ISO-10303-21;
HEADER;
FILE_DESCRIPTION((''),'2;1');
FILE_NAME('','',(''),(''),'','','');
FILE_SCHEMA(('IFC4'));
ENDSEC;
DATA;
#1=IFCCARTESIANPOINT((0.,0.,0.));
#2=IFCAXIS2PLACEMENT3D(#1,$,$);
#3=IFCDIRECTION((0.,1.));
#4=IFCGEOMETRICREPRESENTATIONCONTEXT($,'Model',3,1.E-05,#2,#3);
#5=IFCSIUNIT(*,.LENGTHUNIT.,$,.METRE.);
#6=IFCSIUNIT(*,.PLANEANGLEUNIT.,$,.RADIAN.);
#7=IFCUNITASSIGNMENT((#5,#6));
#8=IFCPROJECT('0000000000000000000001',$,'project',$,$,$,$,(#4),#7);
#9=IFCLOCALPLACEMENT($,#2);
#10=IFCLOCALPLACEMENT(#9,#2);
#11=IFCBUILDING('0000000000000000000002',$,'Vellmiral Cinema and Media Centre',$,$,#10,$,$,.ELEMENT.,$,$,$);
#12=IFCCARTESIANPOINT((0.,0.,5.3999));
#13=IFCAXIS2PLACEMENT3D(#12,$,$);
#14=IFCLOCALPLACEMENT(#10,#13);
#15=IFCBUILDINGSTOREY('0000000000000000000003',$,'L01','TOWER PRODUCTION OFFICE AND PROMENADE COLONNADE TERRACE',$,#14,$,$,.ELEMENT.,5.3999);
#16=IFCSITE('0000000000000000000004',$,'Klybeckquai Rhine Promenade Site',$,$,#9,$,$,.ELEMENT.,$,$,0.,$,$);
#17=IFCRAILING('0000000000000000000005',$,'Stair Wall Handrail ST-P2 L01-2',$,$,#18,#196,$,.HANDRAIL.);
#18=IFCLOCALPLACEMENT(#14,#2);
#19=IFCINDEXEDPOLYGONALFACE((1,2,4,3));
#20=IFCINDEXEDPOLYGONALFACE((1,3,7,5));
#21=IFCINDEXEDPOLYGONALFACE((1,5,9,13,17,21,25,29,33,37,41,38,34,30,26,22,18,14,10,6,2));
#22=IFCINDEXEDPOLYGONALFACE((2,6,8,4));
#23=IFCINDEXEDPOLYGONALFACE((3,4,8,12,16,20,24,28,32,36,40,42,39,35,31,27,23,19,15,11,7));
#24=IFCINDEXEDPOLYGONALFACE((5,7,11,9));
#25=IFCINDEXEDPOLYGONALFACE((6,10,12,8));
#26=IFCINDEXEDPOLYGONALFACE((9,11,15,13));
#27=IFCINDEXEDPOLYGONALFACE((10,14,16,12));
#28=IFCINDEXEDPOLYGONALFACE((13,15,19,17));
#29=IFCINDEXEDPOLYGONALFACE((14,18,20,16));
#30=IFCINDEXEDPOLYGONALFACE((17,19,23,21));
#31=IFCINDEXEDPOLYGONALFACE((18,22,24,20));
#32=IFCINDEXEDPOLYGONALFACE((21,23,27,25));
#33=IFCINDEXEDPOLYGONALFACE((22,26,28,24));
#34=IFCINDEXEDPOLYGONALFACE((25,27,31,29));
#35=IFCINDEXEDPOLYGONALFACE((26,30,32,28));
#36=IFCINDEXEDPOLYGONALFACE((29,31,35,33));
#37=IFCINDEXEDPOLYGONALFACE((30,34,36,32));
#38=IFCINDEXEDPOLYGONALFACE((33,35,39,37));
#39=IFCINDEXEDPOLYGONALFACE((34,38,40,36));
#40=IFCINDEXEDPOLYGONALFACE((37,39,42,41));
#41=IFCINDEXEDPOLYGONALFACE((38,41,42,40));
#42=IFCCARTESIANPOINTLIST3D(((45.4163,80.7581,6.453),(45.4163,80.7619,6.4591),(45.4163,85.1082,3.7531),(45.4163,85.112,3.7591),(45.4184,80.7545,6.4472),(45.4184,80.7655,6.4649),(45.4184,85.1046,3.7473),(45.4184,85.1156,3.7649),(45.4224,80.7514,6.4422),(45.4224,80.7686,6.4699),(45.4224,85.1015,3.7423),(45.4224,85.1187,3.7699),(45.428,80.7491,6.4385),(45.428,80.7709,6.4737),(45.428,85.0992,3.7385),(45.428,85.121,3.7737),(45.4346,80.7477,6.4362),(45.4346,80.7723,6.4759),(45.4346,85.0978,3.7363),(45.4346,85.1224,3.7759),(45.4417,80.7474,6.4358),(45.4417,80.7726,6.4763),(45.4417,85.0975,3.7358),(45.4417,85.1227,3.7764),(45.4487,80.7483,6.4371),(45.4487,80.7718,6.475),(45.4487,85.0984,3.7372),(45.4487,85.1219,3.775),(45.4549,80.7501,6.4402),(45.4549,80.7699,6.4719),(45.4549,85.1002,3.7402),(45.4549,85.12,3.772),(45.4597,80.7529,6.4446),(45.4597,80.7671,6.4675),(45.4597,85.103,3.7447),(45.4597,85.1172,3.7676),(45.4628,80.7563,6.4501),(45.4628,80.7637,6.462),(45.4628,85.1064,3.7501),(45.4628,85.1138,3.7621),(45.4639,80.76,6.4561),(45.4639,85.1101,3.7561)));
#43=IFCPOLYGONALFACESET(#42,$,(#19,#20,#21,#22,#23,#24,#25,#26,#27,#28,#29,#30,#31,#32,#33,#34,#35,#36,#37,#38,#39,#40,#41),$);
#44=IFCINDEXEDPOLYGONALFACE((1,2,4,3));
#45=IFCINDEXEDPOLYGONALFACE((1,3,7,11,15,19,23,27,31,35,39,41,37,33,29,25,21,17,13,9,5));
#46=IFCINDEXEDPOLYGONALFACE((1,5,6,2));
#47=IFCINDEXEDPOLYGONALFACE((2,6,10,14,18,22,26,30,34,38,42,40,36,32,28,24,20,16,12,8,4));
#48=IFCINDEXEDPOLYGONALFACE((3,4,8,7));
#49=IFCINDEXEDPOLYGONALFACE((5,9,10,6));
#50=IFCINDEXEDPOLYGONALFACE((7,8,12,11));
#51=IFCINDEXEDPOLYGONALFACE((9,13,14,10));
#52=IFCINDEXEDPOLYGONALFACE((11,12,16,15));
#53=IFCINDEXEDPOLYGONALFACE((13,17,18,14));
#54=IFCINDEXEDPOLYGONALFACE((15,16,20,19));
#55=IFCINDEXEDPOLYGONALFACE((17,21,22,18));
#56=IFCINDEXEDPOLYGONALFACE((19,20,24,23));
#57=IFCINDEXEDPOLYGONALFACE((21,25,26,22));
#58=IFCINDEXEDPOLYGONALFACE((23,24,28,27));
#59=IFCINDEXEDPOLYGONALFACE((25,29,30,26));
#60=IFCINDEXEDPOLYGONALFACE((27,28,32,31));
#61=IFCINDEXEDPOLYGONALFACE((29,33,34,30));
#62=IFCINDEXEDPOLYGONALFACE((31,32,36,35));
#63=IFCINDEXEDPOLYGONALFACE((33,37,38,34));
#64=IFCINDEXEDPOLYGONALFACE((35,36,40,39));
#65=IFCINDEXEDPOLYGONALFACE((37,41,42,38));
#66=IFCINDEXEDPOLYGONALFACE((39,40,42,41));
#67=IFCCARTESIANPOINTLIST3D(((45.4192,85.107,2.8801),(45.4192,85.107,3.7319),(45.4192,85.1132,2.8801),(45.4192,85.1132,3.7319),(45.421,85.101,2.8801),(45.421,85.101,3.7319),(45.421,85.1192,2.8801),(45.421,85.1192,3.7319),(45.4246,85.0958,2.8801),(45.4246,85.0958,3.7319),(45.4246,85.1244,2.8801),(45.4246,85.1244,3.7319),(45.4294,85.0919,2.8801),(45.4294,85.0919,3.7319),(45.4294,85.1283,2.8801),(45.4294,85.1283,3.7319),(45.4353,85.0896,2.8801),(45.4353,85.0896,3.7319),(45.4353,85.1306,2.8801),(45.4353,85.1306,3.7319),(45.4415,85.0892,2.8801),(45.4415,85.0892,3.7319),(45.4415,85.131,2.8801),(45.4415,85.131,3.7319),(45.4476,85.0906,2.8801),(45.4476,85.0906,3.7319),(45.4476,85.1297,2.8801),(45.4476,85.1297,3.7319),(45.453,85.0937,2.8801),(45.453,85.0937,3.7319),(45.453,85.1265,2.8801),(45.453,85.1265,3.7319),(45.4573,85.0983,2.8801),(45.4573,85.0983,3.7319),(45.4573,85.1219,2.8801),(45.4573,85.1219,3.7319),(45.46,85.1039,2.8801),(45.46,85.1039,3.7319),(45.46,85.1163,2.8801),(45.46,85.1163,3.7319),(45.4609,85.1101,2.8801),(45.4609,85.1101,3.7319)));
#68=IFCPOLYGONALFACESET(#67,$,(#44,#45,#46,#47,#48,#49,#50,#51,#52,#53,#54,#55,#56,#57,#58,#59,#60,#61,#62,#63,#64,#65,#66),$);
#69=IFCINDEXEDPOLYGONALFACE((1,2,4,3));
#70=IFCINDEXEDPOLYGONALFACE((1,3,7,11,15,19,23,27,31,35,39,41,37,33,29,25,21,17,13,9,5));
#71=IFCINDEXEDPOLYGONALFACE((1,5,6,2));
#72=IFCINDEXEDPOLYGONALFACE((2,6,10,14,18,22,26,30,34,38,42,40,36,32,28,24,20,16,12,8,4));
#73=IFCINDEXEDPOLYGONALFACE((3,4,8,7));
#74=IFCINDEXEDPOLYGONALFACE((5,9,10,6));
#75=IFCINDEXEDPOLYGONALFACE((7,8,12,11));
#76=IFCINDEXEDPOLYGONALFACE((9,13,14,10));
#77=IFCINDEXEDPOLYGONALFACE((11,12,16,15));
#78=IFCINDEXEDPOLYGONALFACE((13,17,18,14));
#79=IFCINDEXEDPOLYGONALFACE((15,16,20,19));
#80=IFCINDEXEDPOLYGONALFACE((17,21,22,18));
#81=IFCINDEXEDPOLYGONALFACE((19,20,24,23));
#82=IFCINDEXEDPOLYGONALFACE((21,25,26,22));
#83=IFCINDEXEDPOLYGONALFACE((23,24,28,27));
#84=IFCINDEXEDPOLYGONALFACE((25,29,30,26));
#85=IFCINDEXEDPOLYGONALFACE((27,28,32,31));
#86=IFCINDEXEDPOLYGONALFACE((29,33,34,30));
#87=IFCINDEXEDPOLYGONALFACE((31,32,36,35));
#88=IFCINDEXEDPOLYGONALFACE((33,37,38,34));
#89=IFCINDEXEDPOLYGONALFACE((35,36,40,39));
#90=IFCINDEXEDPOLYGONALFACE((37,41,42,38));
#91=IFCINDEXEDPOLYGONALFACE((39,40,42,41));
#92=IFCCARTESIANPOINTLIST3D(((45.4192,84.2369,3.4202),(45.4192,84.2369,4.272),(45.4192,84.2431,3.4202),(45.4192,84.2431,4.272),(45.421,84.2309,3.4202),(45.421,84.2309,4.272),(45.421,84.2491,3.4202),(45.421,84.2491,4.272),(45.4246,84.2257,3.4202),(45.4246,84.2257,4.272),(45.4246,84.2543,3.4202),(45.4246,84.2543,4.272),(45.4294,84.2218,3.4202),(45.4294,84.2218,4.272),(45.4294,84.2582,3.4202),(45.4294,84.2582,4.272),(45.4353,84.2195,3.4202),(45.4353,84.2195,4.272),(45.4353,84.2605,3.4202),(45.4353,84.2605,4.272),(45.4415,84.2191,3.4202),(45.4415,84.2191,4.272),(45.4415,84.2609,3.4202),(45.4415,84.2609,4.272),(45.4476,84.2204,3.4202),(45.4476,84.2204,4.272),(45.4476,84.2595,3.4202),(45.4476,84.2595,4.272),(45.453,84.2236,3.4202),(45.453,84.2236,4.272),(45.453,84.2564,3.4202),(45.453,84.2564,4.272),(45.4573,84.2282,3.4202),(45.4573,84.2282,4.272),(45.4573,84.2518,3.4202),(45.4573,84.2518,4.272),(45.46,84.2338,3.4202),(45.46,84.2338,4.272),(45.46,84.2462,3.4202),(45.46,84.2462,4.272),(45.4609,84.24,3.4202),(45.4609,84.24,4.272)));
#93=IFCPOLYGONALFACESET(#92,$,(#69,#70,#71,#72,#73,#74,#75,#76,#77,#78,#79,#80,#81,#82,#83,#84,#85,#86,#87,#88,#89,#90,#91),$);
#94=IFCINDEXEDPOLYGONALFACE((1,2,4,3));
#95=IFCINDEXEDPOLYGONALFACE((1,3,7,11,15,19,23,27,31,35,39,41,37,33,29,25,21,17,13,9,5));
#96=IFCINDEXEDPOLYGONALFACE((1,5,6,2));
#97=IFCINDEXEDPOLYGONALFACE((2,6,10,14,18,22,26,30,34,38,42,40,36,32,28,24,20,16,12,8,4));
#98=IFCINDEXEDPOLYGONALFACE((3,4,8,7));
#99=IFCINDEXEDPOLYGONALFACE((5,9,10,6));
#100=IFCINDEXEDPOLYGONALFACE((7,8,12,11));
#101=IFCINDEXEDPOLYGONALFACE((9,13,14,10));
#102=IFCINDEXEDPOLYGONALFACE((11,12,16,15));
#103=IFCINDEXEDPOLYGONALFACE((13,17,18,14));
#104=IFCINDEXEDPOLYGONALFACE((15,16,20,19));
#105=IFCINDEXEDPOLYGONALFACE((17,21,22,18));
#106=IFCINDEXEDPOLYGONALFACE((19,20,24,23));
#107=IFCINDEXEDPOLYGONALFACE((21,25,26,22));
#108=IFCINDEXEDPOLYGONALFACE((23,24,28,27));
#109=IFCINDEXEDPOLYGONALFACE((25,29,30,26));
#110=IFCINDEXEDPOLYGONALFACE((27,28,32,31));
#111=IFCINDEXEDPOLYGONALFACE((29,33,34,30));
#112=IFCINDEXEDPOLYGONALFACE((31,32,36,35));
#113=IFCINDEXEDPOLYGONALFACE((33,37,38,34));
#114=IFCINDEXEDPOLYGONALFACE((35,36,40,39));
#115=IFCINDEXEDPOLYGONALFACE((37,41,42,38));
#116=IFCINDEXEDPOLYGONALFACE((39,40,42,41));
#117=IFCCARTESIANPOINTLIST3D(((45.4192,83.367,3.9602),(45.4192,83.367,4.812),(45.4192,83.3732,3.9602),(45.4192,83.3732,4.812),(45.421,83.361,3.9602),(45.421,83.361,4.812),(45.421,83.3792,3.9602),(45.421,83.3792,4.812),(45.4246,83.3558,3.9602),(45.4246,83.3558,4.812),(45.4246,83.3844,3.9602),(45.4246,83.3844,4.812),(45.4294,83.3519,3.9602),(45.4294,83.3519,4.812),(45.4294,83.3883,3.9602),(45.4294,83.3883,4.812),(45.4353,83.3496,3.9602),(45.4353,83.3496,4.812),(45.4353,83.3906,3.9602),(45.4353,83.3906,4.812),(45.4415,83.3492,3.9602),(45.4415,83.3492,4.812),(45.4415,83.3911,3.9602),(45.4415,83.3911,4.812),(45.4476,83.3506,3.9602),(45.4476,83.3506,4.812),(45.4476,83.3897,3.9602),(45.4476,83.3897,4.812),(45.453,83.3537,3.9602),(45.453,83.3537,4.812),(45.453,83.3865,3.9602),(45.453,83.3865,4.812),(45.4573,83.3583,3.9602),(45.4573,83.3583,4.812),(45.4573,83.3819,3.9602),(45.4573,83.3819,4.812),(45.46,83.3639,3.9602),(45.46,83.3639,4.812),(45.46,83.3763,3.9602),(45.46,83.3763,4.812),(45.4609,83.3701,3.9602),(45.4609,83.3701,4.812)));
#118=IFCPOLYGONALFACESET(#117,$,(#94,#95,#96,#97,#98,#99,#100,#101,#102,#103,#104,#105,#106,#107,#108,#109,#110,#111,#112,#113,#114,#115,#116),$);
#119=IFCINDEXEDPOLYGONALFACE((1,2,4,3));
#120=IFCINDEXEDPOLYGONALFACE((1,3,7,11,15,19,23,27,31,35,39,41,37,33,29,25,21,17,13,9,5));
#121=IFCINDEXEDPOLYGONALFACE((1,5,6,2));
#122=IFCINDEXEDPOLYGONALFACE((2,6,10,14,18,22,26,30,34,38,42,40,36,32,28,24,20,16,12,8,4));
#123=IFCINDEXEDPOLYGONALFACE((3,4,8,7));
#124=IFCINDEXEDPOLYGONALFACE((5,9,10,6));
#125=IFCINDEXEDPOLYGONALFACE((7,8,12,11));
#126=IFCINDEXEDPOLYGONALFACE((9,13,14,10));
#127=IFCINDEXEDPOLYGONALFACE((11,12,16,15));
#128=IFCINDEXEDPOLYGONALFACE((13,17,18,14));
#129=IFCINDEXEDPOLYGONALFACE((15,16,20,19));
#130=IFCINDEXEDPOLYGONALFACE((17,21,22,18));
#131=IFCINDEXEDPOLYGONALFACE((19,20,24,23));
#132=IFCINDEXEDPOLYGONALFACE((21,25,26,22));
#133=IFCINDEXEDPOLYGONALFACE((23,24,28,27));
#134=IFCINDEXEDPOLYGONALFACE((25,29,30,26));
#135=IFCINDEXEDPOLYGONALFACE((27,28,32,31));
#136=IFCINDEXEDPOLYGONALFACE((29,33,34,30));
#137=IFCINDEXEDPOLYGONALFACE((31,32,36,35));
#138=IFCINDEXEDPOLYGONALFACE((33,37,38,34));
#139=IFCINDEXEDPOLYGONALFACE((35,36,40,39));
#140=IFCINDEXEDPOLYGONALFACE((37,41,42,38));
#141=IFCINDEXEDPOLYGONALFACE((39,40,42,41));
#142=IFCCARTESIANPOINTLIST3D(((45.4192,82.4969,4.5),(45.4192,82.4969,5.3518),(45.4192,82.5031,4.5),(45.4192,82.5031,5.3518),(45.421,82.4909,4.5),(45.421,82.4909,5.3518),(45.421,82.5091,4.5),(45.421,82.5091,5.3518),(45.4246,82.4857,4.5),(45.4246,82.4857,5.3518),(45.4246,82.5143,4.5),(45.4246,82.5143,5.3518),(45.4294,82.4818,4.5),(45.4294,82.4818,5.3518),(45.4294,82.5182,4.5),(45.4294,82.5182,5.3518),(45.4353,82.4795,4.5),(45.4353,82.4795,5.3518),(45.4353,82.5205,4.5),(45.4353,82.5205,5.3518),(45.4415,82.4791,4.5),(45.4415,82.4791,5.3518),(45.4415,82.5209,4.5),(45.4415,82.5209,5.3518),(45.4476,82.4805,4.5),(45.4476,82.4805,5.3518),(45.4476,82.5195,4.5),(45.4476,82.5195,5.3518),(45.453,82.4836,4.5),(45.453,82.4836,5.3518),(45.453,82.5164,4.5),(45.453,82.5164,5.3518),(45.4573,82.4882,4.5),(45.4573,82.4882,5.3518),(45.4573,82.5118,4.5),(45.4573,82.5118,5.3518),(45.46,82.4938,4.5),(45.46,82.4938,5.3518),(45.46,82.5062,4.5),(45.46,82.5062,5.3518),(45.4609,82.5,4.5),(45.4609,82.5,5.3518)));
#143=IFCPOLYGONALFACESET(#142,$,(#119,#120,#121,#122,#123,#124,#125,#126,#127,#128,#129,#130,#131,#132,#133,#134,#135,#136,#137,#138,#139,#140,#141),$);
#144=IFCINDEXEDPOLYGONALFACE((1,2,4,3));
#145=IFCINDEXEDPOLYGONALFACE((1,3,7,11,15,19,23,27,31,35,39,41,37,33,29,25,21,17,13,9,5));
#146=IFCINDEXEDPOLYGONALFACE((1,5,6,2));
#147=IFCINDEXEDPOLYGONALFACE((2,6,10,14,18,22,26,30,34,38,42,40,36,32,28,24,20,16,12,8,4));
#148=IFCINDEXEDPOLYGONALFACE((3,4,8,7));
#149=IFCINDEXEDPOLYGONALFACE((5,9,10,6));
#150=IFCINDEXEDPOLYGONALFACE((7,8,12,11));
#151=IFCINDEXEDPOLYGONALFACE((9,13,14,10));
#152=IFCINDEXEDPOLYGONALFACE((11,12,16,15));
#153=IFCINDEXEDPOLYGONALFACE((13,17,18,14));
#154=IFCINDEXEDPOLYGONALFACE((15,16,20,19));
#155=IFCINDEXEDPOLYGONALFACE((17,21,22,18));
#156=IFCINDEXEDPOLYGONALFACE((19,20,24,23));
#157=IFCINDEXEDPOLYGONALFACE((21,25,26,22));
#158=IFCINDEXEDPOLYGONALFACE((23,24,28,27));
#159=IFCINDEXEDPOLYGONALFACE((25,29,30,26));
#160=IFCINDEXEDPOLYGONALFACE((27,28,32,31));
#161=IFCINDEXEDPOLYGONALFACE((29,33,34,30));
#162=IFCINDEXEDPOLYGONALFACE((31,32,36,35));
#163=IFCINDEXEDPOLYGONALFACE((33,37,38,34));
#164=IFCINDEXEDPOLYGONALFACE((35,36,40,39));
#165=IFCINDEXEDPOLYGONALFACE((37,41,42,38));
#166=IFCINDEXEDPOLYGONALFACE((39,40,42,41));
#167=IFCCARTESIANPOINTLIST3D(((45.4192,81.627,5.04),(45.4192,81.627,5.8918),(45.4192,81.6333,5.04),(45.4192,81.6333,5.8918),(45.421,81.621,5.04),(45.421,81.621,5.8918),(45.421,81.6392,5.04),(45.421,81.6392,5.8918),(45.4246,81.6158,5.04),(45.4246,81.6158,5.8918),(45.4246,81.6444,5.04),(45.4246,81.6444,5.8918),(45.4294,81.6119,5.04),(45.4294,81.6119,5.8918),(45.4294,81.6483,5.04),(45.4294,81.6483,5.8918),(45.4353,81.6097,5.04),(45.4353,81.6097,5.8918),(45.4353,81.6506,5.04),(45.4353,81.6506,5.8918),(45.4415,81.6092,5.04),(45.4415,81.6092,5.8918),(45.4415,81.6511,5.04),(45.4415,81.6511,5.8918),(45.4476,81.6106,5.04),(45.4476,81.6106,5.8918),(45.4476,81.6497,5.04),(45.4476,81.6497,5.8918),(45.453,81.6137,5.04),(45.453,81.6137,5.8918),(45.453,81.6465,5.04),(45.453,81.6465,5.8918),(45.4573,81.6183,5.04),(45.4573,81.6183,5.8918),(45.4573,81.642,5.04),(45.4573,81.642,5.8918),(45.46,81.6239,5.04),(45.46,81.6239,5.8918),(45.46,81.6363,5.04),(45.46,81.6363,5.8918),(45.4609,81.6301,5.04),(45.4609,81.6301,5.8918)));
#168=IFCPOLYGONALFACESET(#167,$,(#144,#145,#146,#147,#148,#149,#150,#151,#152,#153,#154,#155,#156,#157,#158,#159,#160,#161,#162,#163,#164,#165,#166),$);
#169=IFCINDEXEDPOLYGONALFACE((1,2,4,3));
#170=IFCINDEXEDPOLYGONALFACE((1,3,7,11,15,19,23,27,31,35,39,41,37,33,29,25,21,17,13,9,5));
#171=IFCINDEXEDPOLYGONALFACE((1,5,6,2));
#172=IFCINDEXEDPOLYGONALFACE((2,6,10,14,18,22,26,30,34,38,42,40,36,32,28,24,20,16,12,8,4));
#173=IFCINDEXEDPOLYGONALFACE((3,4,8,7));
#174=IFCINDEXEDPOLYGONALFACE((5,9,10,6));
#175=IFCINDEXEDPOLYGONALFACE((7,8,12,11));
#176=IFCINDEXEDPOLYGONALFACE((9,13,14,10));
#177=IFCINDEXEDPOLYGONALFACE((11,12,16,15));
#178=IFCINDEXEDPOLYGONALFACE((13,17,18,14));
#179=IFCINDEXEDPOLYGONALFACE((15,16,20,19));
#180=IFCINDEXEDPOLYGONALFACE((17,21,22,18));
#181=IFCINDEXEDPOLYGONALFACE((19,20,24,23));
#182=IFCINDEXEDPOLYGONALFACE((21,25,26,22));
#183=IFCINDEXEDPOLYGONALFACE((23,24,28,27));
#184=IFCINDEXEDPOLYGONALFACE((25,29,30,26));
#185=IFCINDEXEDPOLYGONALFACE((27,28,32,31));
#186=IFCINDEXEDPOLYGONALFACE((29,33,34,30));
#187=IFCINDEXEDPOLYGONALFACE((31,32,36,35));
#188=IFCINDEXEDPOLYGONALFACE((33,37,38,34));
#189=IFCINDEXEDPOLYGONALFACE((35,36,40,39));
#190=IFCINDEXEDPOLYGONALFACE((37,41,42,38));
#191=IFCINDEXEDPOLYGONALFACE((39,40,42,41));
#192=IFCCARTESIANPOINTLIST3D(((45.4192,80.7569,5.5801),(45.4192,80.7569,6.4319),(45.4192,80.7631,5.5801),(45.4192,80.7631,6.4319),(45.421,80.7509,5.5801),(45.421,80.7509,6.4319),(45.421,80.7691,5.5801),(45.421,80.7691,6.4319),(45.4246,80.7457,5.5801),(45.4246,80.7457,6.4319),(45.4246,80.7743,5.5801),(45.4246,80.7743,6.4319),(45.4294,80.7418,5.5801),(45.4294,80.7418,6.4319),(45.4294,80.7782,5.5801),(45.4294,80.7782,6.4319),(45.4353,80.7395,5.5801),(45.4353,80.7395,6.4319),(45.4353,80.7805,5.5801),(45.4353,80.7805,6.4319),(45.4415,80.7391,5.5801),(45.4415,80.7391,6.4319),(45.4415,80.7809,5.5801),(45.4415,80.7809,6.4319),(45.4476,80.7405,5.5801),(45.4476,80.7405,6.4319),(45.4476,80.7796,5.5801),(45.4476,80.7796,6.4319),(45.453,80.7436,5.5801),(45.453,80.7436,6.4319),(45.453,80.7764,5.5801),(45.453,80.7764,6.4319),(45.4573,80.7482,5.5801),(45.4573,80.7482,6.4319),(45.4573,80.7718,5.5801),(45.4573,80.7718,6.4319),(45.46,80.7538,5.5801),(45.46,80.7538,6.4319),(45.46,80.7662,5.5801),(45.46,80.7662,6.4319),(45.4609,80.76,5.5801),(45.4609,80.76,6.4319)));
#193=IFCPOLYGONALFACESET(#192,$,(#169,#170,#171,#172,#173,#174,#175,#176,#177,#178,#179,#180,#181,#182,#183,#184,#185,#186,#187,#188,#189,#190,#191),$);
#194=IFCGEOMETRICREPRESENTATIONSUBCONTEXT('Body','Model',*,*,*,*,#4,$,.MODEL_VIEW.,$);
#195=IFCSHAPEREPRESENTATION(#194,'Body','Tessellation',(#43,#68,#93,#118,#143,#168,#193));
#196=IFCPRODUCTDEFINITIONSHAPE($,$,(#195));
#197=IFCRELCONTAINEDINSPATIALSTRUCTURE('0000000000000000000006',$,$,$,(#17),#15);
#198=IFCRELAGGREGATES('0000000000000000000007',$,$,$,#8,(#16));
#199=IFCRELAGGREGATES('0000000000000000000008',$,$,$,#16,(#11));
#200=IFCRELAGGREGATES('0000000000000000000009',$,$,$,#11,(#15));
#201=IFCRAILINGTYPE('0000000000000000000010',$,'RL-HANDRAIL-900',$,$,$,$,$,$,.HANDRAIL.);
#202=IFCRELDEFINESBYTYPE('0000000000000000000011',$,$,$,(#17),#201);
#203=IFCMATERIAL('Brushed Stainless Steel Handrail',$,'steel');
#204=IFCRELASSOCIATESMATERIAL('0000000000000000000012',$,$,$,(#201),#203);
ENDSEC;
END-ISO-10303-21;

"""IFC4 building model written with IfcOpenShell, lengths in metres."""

from ifc_helpers import new_model, si_unit, direction, frame, origin, origin_2d, place, context, subcontext, project, spatial, circle, extrude, material, type_object, element, save


model = new_model("IFC4")

# Units and contexts
model_context = context("Model", 3, precision=1e-05, world=origin(), true_north=direction((0.0, 1.0)))
body_context = subcontext(model_context, "Body", "Model", "MODEL_VIEW")
ifc_project = project(units=[si_unit("LENGTHUNIT", "METRE"), si_unit("PLANEANGLEUNIT", "RADIAN")], contexts=[model_context])

# Site, building, storey
site_placement = place(None, origin())
site = spatial("IfcSite", under=ifc_project, at=site_placement, Name="Klybeckquai Rhine Promenade Site", CompositionType="ELEMENT", RefElevation=0.0)
building_placement = place(site_placement, origin())
building = spatial("IfcBuilding", under=site, at=building_placement, Name="Vellmiral Cinema and Media Centre", CompositionType="ELEMENT")
storey_placement = place(building_placement, frame((0.0, 0.0, 5.3999)))
storey = spatial("IfcBuildingStorey", under=building, at=storey_placement, Name="L01", Description="TOWER PRODUCTION OFFICE AND PROMENADE COLONNADE TERRACE", CompositionType="ELEMENT", Elevation=5.3999)

# Railing
ifc_material_1 = material(Name="Brushed Stainless Steel Handrail", Category="steel")
railing_type_1 = type_object("IfcRailingType", Name="RL-HANDRAIL-900", PredefinedType="HANDRAIL", material=ifc_material_1)
railing_1_placement = place(storey_placement, frame((45.4399, 85.1101, 2.8801)))
element("IfcRailing", 1, at=railing_1_placement, inside=storey, type_object=railing_type_1, Name="Stair Wall Handrail ST-P2 L01-2", PredefinedType="HANDRAIL", context=body_context, shape_type="SweptSolid", body=[
    extrude(circle(Radius=0.0239, at=origin_2d()), frame((0.0, 0.0, 0.876), z_axis=(0.0, -0.84965, 0.527347), x_axis=(1.0, 0.0, 0.0)), (0.0, 0.0, 1.0), 5.1199),
    extrude(circle(Radius=0.021, at=origin_2d()), origin(), (0.0, 0.0, 1.0), 0.8518),
    extrude(circle(Radius=0.021, at=origin_2d()), frame((0.0, -0.8701, 0.54)), (0.0, 0.0, 1.0), 0.8518),
    extrude(circle(Radius=0.021, at=origin_2d()), frame((0.0, -1.74, 1.0801)), (0.0, 0.0, 1.0), 0.8518),
    extrude(circle(Radius=0.021, at=origin_2d()), frame((0.0, -2.6101, 1.6199)), (0.0, 0.0, 1.0), 0.8518),
    extrude(circle(Radius=0.021, at=origin_2d()), frame((0.0, -3.48, 2.1599)), (0.0, 0.0, 1.0), 0.8518),
    extrude(circle(Radius=0.021, at=origin_2d()), frame((0.0, -4.3501, 2.7)), (0.0, 0.0, 1.0), 0.8518),
])

save(model, "model.ifc")
